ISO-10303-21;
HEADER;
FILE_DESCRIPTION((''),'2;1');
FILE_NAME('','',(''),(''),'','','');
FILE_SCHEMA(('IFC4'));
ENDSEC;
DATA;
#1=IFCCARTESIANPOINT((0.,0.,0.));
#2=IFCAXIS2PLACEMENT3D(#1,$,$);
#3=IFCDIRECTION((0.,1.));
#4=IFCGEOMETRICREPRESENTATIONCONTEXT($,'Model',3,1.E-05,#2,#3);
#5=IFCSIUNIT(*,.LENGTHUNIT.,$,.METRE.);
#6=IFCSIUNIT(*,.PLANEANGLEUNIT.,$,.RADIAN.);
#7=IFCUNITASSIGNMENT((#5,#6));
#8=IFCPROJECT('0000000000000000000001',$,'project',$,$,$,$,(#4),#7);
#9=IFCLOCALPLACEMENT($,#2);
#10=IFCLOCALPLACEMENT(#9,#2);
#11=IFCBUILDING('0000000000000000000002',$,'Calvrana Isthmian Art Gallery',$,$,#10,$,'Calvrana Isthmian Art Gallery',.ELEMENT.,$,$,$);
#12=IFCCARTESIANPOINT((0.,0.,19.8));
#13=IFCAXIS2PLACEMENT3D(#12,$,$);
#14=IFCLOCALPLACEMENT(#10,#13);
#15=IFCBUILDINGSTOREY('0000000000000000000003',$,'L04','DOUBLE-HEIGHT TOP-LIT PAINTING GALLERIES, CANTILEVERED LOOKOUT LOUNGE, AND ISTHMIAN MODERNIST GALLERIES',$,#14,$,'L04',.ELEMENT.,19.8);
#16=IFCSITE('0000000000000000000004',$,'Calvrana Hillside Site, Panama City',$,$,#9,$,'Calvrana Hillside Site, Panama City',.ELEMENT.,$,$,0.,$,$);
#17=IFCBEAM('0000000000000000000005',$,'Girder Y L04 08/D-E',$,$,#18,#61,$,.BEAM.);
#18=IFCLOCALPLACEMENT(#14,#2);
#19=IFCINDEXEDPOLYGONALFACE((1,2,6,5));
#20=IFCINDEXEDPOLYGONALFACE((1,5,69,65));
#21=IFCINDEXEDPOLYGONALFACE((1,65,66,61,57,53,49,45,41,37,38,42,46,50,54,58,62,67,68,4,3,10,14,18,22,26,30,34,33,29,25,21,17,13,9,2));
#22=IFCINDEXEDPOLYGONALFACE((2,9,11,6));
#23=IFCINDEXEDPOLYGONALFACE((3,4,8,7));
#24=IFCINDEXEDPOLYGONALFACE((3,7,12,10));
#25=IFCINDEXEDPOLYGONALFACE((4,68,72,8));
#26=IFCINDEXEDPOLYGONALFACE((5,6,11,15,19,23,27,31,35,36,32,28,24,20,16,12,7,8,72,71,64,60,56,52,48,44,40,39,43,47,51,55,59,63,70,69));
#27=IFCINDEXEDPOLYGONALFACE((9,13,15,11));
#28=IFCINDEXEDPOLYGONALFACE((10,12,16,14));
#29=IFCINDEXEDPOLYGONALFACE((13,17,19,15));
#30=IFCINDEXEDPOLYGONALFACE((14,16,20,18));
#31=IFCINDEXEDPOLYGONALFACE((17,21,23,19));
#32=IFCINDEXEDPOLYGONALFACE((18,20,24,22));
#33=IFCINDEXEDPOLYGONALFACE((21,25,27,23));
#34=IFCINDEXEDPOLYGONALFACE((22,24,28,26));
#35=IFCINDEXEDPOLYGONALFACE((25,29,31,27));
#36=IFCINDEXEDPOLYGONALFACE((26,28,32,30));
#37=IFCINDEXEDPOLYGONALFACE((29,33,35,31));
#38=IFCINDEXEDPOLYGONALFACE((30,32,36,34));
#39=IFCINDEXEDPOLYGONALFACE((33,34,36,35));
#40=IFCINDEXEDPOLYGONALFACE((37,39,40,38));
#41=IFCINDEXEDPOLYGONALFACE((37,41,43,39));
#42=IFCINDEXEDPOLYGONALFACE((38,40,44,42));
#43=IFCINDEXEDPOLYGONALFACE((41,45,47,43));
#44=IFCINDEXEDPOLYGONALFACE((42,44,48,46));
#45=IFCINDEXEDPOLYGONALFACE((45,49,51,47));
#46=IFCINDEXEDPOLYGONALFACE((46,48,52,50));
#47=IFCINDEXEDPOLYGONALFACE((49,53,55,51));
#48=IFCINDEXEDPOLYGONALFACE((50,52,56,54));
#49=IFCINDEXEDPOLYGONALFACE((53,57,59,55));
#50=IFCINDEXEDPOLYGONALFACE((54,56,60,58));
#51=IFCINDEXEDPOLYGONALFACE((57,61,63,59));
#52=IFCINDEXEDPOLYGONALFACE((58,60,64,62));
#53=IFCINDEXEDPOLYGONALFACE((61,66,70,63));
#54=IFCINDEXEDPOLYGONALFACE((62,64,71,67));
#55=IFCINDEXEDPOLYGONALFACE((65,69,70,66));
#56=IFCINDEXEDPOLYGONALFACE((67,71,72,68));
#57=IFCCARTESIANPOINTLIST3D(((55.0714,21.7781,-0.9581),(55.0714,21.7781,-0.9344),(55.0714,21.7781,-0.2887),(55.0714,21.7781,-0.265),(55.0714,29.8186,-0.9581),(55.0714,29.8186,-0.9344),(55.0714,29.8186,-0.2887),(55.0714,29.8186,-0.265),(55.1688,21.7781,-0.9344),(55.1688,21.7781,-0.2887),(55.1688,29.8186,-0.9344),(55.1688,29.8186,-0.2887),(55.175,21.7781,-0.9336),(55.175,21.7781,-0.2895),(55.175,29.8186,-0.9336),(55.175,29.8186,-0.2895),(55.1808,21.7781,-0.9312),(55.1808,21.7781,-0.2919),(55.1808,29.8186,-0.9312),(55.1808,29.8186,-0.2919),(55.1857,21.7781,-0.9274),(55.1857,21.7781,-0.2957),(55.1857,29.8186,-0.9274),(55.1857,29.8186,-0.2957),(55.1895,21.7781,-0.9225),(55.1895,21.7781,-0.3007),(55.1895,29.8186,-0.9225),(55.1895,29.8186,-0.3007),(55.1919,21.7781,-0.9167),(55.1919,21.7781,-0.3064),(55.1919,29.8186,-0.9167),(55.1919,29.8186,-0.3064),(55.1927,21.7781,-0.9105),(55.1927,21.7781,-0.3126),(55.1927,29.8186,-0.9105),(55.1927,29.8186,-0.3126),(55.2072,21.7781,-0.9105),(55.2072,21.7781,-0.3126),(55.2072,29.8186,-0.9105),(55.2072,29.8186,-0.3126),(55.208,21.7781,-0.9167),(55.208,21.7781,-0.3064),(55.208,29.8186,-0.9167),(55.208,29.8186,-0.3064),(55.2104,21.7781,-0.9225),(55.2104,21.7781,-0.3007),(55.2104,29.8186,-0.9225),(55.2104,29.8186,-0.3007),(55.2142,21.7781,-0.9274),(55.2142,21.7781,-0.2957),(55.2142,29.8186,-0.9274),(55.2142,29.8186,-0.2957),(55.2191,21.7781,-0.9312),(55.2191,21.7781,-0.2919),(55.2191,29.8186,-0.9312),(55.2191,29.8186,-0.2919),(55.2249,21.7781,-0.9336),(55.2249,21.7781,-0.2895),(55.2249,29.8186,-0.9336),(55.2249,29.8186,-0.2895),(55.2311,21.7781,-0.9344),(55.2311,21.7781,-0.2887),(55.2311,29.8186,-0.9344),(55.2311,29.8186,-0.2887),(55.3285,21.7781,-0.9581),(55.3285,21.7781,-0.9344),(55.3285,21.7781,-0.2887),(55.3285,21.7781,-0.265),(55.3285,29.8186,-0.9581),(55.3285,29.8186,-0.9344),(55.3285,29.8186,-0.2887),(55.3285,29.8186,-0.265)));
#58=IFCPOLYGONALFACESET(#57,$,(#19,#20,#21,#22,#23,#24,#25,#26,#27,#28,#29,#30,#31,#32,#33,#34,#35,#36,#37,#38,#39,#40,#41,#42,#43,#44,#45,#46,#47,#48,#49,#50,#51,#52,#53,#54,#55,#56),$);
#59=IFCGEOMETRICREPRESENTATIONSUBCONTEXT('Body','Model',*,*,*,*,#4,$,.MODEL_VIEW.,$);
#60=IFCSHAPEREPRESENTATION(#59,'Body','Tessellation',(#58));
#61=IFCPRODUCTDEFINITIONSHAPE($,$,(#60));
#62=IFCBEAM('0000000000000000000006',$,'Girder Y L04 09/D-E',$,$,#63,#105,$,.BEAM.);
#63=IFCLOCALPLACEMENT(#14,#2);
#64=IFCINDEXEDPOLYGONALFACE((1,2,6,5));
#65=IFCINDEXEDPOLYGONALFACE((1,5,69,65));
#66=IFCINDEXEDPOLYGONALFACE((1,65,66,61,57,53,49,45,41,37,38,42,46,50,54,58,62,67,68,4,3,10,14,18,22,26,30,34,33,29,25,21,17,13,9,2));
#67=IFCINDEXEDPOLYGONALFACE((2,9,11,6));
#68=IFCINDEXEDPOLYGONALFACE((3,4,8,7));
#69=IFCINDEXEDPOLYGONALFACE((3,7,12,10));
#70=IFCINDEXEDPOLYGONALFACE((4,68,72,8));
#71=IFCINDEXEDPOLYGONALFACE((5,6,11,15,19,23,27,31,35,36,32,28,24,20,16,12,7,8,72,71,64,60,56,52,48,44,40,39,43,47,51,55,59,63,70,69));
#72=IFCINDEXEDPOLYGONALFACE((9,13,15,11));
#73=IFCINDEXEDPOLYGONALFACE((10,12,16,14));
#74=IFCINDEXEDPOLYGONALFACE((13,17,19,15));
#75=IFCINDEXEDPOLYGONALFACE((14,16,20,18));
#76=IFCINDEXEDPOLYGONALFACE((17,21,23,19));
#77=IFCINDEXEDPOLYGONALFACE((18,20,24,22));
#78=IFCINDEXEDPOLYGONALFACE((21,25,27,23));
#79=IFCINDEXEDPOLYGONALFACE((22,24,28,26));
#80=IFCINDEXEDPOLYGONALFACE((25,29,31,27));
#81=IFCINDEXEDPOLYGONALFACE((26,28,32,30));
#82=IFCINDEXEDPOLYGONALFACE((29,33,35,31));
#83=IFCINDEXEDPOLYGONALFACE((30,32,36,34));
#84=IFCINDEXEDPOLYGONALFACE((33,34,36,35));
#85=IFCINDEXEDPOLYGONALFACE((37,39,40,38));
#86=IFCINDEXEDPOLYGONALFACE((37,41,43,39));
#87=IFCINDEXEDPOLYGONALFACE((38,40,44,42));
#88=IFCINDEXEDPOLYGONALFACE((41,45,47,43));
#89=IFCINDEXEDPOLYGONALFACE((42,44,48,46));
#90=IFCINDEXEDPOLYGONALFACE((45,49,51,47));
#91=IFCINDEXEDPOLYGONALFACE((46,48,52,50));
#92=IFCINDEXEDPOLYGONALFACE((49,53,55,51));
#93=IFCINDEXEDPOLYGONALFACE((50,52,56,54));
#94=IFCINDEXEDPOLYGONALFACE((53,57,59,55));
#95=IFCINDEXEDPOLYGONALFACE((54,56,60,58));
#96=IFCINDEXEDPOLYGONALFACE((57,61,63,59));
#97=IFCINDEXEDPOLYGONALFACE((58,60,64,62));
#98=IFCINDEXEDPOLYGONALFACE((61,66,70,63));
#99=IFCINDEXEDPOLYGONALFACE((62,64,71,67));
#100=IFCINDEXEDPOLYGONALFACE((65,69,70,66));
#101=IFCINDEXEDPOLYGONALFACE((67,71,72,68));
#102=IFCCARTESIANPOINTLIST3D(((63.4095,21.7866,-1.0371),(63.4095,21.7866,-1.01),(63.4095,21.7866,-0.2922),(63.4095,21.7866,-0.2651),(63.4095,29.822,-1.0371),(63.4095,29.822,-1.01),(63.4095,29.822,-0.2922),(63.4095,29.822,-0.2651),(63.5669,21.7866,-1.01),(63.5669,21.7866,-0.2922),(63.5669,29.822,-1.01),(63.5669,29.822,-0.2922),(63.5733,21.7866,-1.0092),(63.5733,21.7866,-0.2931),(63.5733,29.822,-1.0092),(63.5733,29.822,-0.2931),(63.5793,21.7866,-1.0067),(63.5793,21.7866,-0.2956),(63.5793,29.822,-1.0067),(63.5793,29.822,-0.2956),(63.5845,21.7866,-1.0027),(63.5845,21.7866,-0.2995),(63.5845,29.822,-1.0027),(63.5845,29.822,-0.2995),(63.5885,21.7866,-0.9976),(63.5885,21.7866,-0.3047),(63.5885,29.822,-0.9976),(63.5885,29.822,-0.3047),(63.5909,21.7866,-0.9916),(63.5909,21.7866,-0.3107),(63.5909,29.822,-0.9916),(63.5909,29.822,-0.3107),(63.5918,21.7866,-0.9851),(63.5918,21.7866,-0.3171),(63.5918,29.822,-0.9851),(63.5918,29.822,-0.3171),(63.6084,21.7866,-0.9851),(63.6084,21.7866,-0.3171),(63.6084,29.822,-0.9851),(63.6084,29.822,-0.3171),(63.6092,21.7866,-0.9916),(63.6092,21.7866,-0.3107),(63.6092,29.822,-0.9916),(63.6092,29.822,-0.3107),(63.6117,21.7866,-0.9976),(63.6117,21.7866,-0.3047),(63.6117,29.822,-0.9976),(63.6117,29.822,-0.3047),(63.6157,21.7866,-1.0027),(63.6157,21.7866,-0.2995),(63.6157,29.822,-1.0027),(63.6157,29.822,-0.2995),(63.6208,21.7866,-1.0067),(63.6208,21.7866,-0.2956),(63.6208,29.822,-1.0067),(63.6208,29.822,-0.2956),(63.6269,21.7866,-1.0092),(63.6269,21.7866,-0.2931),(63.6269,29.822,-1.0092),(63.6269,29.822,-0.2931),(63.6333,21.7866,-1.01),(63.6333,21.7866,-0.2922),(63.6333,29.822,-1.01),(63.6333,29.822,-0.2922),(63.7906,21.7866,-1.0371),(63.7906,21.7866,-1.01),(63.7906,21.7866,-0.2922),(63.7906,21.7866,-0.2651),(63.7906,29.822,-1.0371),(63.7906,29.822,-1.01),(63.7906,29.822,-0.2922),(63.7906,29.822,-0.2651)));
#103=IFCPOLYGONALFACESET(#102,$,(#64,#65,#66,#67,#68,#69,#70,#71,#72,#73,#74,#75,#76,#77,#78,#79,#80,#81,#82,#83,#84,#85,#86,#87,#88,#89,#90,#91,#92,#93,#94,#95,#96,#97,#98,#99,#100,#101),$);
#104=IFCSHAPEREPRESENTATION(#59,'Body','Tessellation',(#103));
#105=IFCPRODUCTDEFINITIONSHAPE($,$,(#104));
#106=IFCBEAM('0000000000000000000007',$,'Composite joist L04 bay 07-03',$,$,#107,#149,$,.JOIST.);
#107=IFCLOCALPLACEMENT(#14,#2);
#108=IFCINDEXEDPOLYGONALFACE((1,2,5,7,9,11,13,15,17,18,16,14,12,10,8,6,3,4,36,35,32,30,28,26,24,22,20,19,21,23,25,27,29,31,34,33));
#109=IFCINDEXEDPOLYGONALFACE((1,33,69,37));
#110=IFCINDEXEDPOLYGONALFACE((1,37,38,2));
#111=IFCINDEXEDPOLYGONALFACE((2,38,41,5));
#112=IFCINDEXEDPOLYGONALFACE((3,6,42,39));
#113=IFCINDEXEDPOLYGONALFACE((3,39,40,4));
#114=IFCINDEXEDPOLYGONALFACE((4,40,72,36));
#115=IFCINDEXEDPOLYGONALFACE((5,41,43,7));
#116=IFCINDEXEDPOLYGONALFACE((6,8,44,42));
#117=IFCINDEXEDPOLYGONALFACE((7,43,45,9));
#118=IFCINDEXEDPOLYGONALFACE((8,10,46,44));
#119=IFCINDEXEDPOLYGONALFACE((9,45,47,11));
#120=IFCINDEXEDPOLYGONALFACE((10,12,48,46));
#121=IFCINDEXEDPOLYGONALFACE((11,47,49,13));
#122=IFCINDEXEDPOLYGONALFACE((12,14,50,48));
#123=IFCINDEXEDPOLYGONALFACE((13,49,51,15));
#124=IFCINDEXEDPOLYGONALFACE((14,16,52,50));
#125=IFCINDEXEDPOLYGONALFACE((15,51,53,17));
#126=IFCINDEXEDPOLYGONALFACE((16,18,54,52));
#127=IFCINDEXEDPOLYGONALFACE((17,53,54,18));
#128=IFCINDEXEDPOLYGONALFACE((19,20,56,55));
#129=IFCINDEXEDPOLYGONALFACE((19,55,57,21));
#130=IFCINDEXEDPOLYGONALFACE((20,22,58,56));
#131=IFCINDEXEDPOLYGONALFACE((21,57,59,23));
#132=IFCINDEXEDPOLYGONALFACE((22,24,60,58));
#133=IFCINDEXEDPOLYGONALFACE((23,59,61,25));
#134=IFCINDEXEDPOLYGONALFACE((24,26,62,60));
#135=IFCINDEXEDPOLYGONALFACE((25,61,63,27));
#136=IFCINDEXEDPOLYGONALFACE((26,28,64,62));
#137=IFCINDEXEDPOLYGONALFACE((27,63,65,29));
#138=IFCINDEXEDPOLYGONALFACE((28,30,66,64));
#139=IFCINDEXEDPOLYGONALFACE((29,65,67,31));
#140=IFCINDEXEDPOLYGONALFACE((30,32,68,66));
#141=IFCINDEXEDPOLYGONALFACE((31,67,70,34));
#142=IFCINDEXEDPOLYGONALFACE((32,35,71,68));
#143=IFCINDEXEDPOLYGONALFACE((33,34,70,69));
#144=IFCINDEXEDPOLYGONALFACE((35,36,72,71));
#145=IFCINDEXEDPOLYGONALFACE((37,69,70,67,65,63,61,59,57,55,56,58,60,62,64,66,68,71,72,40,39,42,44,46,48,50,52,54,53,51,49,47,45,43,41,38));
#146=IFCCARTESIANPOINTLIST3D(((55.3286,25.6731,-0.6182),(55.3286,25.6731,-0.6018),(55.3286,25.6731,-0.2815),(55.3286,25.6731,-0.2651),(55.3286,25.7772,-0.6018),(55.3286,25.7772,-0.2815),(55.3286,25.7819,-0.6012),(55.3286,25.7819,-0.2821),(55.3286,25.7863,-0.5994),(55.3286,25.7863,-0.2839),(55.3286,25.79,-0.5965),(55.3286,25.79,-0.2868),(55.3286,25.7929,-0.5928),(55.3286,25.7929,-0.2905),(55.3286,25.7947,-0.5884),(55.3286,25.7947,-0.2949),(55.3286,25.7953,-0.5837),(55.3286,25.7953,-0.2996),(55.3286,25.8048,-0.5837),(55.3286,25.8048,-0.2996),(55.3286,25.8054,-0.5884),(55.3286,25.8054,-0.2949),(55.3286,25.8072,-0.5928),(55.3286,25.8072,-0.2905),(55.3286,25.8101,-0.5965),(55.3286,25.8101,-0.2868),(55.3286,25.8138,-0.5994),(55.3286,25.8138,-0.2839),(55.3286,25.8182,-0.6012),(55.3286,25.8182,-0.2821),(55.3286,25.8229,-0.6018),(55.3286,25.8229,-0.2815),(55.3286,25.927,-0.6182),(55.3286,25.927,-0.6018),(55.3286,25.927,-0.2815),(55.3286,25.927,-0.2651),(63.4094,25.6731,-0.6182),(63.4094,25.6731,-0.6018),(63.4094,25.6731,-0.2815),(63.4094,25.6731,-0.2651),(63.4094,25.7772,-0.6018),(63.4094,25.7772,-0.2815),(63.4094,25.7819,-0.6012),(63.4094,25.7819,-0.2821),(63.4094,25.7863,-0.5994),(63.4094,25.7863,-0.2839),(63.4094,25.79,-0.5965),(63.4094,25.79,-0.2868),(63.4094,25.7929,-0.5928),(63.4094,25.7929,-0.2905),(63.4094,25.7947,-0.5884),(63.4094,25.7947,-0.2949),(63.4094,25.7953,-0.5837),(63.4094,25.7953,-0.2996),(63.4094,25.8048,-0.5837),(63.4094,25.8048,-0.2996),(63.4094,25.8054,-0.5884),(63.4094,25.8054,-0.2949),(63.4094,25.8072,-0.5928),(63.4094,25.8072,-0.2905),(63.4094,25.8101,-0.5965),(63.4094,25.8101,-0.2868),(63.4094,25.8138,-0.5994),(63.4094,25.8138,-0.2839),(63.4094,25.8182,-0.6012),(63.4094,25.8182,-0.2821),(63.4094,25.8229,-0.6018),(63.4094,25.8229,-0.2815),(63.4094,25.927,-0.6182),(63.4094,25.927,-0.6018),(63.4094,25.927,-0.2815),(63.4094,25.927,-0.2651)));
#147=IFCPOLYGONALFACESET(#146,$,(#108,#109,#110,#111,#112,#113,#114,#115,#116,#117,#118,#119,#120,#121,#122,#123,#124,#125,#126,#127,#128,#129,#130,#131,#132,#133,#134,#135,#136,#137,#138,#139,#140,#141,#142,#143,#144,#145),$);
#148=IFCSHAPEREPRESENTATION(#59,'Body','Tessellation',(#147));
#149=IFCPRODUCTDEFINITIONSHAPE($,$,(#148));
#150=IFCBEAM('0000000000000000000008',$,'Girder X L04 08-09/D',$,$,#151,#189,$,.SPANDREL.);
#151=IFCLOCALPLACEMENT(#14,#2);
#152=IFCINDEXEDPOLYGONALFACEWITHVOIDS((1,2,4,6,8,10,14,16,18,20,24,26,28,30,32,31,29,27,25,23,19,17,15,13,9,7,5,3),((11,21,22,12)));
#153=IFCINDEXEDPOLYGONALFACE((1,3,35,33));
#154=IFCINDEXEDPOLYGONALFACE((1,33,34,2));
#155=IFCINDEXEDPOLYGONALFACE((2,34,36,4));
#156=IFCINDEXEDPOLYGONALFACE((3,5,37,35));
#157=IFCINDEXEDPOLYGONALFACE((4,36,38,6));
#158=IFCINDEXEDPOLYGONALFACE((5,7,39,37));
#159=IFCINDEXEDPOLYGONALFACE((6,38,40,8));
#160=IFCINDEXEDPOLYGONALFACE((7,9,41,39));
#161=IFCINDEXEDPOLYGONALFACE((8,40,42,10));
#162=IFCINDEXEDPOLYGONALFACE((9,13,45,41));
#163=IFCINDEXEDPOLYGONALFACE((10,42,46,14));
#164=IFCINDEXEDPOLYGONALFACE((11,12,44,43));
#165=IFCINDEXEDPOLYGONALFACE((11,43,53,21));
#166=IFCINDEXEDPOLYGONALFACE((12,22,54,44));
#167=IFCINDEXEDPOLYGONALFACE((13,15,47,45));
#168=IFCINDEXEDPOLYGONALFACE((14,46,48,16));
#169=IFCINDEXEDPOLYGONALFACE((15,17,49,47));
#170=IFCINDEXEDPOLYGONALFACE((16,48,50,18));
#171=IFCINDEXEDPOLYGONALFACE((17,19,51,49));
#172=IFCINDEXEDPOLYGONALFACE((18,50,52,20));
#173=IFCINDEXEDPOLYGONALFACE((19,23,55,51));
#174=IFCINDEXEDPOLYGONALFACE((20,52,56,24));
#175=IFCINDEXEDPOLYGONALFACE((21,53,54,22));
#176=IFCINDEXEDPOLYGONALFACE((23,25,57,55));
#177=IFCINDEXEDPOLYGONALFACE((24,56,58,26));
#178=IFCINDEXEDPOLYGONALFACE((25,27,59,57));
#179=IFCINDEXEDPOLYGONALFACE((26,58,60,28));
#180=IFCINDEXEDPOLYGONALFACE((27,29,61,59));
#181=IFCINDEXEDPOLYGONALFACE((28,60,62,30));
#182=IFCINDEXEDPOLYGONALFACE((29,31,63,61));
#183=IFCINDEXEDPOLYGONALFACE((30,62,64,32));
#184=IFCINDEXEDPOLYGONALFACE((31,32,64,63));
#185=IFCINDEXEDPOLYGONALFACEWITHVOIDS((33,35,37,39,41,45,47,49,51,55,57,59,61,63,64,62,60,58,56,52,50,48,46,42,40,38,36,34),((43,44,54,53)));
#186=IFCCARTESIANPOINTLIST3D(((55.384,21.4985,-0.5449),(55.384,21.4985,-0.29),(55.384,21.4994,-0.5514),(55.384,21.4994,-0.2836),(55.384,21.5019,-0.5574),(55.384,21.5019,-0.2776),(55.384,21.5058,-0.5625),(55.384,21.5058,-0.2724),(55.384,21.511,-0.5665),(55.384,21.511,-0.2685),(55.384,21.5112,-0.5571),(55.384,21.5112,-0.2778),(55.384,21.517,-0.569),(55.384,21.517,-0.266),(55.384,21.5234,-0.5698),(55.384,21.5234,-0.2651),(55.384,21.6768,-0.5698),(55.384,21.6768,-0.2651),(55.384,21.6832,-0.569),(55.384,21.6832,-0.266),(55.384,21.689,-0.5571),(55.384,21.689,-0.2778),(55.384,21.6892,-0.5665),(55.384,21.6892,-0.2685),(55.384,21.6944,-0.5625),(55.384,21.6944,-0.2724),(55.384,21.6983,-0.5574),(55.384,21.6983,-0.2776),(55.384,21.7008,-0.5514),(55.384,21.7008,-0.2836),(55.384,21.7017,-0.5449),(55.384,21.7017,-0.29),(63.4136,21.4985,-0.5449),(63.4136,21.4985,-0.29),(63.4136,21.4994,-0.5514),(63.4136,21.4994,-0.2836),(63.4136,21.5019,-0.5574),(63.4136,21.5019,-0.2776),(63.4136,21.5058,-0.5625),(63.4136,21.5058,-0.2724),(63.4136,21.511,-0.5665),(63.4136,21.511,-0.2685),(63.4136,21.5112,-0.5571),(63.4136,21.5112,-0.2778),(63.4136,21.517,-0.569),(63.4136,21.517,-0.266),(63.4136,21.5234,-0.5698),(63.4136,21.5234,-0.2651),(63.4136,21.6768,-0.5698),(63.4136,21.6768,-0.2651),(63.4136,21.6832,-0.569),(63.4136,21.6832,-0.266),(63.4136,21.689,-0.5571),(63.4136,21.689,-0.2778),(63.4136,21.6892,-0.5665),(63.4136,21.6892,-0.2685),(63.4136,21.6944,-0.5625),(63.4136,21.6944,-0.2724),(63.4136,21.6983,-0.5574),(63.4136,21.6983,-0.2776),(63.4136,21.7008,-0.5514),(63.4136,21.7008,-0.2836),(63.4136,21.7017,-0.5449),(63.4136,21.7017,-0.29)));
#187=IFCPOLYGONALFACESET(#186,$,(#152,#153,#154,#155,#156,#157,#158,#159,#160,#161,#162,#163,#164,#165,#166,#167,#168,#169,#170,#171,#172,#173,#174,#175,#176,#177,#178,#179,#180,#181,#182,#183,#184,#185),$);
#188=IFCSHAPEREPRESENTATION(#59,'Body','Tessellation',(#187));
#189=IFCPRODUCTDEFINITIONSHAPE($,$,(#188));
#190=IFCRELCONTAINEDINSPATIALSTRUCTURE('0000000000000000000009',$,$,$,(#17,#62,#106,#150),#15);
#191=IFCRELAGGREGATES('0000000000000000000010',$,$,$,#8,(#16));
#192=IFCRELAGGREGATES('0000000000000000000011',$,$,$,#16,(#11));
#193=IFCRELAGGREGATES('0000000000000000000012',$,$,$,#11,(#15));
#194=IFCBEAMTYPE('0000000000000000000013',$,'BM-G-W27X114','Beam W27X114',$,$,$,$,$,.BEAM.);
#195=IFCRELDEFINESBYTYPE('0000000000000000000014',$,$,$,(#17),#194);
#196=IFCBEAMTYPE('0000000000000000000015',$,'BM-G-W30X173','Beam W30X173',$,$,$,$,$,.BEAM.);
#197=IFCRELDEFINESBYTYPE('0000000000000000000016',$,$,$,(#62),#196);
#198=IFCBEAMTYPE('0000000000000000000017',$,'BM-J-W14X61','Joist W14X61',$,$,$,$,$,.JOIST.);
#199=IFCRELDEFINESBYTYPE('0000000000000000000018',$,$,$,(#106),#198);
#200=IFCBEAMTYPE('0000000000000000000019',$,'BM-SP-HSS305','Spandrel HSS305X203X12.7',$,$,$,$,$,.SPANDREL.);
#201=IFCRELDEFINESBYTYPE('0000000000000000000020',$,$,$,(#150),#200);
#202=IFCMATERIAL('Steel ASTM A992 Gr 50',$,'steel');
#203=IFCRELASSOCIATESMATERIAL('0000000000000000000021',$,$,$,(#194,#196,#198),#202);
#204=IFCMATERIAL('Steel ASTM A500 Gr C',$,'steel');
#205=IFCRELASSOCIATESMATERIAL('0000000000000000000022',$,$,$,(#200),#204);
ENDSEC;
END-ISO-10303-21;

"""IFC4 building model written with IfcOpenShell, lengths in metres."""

from ifc_helpers import new_model, si_unit, direction, frame, origin, origin_2d, place, context, subcontext, project, spatial, hollow_rectangle, i_section, extrude, material, material_profile, profile_set, type_object, element, save


model = new_model("IFC4")

# Units and contexts
model_context = context("Model", 3, precision=1e-05, world=origin(), true_north=direction((0.0, 1.0)))
body_context = subcontext(model_context, "Body", "Model", "MODEL_VIEW")
ifc_project = project(units=[si_unit("LENGTHUNIT", "METRE"), si_unit("PLANEANGLEUNIT", "RADIAN")], contexts=[model_context])

# Site, building, storey
site_placement = place(None, origin())
site = spatial("IfcSite", under=ifc_project, at=site_placement, Name="Calvrana Hillside Site, Panama City", LongName="Calvrana Hillside Site, Panama City", CompositionType="ELEMENT", RefElevation=0.0)
building_placement = place(site_placement, origin())
building = spatial("IfcBuilding", under=site, at=building_placement, Name="Calvrana Isthmian Art Gallery", LongName="Calvrana Isthmian Art Gallery", CompositionType="ELEMENT")
storey_placement = place(building_placement, frame((0.0, 0.0, 19.8)))
storey = spatial("IfcBuildingStorey", under=building, at=storey_placement, Name="L04", Description="DOUBLE-HEIGHT TOP-LIT PAINTING GALLERIES, CANTILEVERED LOOKOUT LOUNGE, AND ISTHMIAN MODERNIST GALLERIES", LongName="L04", CompositionType="ELEMENT", Elevation=19.8)

# Shared definitions
ifc_material_1 = material(Name="Steel ASTM A500 Gr C", Category="steel")
ifc_material_2 = material(Name="Steel ASTM A992 Gr 50", Category="steel")

# Beams
ifc_material_profile_1 = material_profile(ifc_material_2, i_section(OverallWidth=0.2571, OverallDepth=0.6931, WebThickness=0.0144, FlangeThickness=0.0237, FilletRadius=0.0239, at=origin_2d()), Name="W27X114")
ifc_profile_set_1 = profile_set([ifc_material_profile_1], Name="Steel ASTM A992 Gr 50")
beam_type_1 = type_object("IfcBeamType", Name="BM-G-W27X114", Description="Beam W27X114", PredefinedType="BEAM", material=ifc_profile_set_1)
beam_1_placement = place(storey_placement, frame((55.2, 21.7781, -0.6116), z_axis=(0.0, 1.0, 0.0), x_axis=(-1.0, 0.0, 0.0)))
element("IfcBeam", 1, at=beam_1_placement, inside=storey, type_object=beam_type_1, Name="Girder Y L04 08/D-E", PredefinedType="BEAM", context=body_context, shape_type="SweptSolid", body=[
    extrude(i_section(OverallWidth=0.2571, OverallDepth=0.6931, WebThickness=0.0144, FlangeThickness=0.0237, FilletRadius=0.0239, at=origin_2d()), origin(), (0.0, 0.0, 1.0), 8.0405),
])
ifc_material_profile_2 = material_profile(ifc_material_2, i_section(OverallWidth=0.3811, OverallDepth=0.772, WebThickness=0.0166, FlangeThickness=0.0271, FilletRadius=0.0249, at=origin_2d()), Name="W30X173")
ifc_profile_set_2 = profile_set([ifc_material_profile_2], Name="Steel ASTM A992 Gr 50")
beam_type_2 = type_object("IfcBeamType", Name="BM-G-W30X173", Description="Beam W30X173", PredefinedType="BEAM", material=ifc_profile_set_2)
beam_2_placement = place(storey_placement, frame((63.6001, 21.7866, -0.6511), z_axis=(0.0, 1.0, 0.0), x_axis=(-1.0, 0.0, 0.0)))
element("IfcBeam", 2, at=beam_2_placement, inside=storey, type_object=beam_type_2, Name="Girder Y L04 09/D-E", PredefinedType="BEAM", context=body_context, shape_type="SweptSolid", body=[
    extrude(i_section(OverallWidth=0.3811, OverallDepth=0.772, WebThickness=0.0166, FlangeThickness=0.0271, FilletRadius=0.0249, at=origin_2d()), origin(), (0.0, 0.0, 1.0), 8.0354),
])
ifc_material_profile_3 = material_profile(ifc_material_2, i_section(OverallWidth=0.2539, OverallDepth=0.353, WebThickness=0.0095, FlangeThickness=0.0164, FilletRadius=0.0181, at=origin_2d()), Name="W14X61")
ifc_profile_set_3 = profile_set([ifc_material_profile_3], Name="Steel ASTM A992 Gr 50")
beam_type_3 = type_object("IfcBeamType", Name="BM-J-W14X61", Description="Joist W14X61", PredefinedType="JOIST", material=ifc_profile_set_3)
beam_3_placement = place(storey_placement, frame((55.3286, 25.8, -0.4417), z_axis=(1.0, 0.0, 0.0), x_axis=(0.0, 1.0, 0.0)))
element("IfcBeam", 3, at=beam_3_placement, inside=storey, type_object=beam_type_3, Name="Composite joist L04 bay 07-03", PredefinedType="JOIST", context=body_context, shape_type="SweptSolid", body=[
    extrude(i_section(OverallWidth=0.2539, OverallDepth=0.353, WebThickness=0.0095, FlangeThickness=0.0164, FilletRadius=0.0181, at=origin_2d()), origin(), (0.0, 0.0, 1.0), 8.0808),
])
ifc_material_profile_4 = material_profile(ifc_material_1, hollow_rectangle(XDim=0.2031, YDim=0.3047, WallThickness=0.0127, OuterFilletRadius=0.0249, at=origin_2d()), Name="HSS305X203X12.7")
ifc_profile_set_4 = profile_set([ifc_material_profile_4], Name="Steel ASTM A500 Gr C")
beam_type_4 = type_object("IfcBeamType", Name="BM-SP-HSS305", Description="Spandrel HSS305X203X12.7", PredefinedType="SPANDREL", material=ifc_profile_set_4)
beam_4_placement = place(storey_placement, frame((55.384, 21.6001, -0.4175), z_axis=(1.0, 0.0, 0.0), x_axis=(0.0, 1.0, 0.0)))
element("IfcBeam", 4, at=beam_4_placement, inside=storey, type_object=beam_type_4, Name="Girder X L04 08-09/D", PredefinedType="SPANDREL", context=body_context, shape_type="SweptSolid", body=[
    extrude(hollow_rectangle(XDim=0.2031, YDim=0.3047, WallThickness=0.0127, OuterFilletRadius=0.0249, at=origin_2d()), origin(), (0.0, 0.0, 1.0), 8.0295),
])

save(model, "model.ifc")
